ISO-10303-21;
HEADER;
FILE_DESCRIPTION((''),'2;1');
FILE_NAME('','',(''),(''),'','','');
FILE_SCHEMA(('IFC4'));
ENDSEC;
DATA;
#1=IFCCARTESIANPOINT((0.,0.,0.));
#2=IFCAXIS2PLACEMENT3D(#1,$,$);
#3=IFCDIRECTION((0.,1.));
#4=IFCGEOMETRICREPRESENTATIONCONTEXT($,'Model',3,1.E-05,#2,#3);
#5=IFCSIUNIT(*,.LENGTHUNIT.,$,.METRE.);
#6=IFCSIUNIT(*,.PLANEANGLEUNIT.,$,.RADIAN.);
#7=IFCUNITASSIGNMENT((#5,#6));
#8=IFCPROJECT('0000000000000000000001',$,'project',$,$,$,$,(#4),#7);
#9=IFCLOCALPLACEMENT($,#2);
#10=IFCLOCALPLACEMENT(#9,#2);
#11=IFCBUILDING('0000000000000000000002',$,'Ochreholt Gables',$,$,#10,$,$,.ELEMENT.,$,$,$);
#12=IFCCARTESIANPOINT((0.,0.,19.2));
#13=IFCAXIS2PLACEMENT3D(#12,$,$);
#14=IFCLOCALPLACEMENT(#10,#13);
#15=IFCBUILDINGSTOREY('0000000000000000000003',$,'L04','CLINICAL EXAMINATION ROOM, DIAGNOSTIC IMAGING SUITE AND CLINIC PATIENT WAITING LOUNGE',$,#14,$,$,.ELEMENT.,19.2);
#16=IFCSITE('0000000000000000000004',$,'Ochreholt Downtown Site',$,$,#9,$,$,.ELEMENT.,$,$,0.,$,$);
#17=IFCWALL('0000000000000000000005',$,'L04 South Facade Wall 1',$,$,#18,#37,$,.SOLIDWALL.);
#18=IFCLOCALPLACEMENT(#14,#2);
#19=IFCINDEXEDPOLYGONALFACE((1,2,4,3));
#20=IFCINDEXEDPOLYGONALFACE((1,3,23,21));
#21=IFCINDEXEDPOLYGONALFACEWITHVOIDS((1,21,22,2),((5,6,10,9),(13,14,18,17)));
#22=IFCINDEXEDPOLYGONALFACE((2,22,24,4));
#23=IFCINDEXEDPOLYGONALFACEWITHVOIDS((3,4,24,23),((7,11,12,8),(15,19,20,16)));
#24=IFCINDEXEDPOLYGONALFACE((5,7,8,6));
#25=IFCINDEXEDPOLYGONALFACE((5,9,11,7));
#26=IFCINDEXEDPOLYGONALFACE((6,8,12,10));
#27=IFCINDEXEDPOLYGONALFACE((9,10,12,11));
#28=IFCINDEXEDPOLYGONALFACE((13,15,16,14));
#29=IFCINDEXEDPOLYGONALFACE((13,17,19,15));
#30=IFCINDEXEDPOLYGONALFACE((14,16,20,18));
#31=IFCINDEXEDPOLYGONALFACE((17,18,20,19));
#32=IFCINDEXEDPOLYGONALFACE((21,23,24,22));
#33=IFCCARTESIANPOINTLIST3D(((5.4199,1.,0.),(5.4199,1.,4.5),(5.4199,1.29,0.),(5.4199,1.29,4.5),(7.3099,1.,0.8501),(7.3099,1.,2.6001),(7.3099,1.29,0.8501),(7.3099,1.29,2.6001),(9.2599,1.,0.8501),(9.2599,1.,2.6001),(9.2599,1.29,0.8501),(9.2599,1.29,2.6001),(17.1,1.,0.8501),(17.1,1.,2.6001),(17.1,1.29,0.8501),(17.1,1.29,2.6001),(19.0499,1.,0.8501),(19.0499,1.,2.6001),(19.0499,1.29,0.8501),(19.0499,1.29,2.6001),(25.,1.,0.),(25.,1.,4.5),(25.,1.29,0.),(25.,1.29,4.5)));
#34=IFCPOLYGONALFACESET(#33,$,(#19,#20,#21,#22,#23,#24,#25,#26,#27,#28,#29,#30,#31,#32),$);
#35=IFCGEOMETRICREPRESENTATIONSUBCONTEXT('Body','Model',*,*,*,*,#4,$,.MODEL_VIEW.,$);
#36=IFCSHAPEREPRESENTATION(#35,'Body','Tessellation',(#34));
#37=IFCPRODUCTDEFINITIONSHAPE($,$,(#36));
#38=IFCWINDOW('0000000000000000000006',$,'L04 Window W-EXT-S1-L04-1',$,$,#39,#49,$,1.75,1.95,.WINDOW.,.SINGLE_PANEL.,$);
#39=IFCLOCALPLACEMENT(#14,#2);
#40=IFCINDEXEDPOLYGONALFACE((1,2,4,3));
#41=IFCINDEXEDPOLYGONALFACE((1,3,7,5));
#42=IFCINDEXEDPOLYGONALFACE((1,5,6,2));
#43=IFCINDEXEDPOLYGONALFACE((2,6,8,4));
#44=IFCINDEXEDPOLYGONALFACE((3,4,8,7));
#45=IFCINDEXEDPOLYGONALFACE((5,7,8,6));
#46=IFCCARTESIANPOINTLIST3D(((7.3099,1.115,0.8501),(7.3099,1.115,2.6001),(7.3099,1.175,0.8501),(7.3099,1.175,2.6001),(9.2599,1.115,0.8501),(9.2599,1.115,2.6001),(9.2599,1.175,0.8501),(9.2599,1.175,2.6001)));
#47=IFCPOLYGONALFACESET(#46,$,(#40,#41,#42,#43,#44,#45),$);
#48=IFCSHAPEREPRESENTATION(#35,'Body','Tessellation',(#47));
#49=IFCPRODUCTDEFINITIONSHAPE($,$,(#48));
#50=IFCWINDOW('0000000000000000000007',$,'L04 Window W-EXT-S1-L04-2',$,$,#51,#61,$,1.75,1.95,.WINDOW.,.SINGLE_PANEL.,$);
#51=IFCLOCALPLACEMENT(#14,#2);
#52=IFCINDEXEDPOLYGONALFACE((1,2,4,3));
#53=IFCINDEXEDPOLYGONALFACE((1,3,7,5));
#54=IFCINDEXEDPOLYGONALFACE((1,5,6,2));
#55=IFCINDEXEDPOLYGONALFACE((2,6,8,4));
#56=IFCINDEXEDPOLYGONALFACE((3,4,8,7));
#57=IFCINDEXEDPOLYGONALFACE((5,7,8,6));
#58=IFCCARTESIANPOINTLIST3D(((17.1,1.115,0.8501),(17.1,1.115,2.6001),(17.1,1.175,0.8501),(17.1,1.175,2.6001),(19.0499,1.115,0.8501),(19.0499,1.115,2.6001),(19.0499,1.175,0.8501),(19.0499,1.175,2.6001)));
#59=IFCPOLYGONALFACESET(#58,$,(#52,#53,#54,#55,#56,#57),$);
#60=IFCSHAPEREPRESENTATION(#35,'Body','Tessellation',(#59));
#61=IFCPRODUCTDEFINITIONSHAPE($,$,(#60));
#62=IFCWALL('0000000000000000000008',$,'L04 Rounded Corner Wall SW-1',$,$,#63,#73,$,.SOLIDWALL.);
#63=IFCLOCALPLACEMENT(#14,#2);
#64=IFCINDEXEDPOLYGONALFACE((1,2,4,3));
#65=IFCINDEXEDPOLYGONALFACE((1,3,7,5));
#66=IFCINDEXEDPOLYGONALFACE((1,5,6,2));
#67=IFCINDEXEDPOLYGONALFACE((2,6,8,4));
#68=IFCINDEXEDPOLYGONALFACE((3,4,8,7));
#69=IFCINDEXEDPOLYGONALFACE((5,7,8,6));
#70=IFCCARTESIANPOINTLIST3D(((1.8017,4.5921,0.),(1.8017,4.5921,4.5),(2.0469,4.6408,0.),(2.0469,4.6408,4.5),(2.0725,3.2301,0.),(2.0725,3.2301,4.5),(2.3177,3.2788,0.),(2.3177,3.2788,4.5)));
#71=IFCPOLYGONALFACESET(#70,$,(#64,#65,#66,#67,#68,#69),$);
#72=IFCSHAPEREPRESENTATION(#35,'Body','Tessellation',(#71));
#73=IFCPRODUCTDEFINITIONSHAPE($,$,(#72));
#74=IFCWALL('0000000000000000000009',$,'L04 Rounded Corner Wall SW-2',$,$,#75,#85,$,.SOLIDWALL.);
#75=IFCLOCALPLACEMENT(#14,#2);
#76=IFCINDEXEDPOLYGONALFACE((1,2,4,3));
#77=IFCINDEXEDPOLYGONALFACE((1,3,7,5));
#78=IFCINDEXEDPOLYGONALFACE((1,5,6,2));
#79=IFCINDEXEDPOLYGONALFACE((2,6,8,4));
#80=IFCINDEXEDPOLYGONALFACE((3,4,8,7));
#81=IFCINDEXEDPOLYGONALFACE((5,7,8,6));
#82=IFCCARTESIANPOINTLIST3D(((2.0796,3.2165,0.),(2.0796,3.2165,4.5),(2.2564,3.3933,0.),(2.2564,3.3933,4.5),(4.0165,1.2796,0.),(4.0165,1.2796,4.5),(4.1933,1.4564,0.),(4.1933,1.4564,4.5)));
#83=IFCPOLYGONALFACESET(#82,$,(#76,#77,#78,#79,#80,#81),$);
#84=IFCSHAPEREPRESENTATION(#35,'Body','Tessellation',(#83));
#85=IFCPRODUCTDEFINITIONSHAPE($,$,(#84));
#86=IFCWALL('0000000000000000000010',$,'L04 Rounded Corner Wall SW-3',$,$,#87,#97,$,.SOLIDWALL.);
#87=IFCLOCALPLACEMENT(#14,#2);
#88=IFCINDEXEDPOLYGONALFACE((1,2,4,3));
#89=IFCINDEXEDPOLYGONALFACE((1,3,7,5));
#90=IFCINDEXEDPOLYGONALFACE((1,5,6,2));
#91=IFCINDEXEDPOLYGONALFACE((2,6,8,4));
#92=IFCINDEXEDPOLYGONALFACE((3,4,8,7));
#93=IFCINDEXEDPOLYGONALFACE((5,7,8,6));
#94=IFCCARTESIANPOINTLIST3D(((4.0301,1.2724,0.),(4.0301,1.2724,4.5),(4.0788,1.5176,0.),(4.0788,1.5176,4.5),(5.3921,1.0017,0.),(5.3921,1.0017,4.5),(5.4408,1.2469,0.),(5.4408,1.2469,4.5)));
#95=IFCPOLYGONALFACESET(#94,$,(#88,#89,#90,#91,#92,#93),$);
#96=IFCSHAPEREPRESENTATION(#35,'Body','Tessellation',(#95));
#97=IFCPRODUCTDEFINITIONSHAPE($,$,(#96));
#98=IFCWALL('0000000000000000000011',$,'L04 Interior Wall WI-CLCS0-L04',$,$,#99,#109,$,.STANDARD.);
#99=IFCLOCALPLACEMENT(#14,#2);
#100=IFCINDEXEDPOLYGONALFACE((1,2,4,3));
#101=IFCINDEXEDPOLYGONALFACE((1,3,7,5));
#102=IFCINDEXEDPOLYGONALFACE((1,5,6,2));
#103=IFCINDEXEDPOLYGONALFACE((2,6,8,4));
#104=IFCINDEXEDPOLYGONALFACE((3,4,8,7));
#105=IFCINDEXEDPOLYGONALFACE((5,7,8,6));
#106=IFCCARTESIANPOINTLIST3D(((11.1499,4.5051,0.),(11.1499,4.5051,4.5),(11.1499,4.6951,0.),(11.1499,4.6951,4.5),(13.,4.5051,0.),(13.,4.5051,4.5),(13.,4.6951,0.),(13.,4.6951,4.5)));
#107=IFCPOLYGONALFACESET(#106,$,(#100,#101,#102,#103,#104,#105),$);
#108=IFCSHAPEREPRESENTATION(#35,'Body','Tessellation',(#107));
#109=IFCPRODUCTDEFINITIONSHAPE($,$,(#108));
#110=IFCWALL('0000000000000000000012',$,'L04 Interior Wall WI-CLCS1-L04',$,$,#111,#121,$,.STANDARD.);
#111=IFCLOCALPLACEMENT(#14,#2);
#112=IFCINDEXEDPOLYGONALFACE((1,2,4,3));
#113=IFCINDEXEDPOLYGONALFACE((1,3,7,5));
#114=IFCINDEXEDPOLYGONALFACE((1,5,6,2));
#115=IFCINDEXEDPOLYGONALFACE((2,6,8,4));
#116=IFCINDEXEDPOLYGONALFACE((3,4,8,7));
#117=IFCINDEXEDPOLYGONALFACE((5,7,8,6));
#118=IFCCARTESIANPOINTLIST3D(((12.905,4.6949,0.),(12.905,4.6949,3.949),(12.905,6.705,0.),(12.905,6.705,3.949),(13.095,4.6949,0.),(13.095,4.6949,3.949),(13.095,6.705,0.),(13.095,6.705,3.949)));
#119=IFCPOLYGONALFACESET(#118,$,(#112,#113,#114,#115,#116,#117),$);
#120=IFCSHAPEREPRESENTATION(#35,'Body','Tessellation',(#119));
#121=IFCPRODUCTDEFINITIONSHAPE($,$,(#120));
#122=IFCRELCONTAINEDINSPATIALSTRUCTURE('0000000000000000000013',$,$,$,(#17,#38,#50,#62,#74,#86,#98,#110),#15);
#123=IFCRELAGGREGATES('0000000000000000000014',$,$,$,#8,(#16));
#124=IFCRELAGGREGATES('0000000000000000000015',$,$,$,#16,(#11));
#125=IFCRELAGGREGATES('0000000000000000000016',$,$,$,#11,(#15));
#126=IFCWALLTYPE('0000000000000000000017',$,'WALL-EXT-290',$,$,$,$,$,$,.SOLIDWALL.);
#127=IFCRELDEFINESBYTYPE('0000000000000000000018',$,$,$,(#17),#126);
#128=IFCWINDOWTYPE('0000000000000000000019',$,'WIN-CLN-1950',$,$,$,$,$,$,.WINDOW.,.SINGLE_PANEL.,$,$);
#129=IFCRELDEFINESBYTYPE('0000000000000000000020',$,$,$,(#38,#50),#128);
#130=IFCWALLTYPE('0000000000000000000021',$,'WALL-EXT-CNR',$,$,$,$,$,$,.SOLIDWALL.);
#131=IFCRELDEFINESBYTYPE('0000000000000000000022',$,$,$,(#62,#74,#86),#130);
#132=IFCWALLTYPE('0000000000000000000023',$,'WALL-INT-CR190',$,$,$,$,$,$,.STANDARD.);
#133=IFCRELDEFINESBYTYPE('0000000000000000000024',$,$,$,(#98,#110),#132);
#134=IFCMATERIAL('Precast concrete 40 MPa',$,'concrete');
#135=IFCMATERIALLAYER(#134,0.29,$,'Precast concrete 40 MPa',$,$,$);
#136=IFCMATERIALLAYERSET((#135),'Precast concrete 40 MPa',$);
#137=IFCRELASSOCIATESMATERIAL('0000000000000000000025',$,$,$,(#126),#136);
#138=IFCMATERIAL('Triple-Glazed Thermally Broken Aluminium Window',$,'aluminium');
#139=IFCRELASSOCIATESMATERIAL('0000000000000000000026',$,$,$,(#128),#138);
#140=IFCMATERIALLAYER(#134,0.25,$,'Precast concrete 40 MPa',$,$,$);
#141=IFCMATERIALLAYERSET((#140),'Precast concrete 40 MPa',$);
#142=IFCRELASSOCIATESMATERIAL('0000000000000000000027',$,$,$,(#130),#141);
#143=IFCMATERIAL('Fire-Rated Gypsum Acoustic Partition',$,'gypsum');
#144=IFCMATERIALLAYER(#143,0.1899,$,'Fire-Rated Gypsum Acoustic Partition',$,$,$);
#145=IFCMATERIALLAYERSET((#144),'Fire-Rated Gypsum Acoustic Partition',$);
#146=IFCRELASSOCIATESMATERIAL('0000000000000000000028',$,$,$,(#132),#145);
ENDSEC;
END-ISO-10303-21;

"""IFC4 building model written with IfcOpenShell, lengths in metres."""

from ifc_helpers import new_model, si_unit, direction, frame, frame_2d, origin, place, context, subcontext, project, spatial, rectangle, extrude, material, layer, layer_set, type_object, element, fill, save


model = new_model("IFC4")

# Units and contexts
model_context = context("Model", 3, precision=1e-05, world=origin(), true_north=direction((0.0, 1.0)))
body_context = subcontext(model_context, "Body", "Model", "MODEL_VIEW")
ifc_project = project(units=[si_unit("LENGTHUNIT", "METRE"), si_unit("PLANEANGLEUNIT", "RADIAN")], contexts=[model_context])

# Site, building, storey
site_placement = place(None, origin())
site = spatial("IfcSite", under=ifc_project, at=site_placement, Name="Ochreholt Downtown Site", CompositionType="ELEMENT", RefElevation=0.0)
building_placement = place(site_placement, origin())
building = spatial("IfcBuilding", under=site, at=building_placement, Name="Ochreholt Gables", CompositionType="ELEMENT")
storey_placement = place(building_placement, frame((0.0, 0.0, 19.2)))
storey = spatial("IfcBuildingStorey", under=building, at=storey_placement, Name="L04", Description="CLINICAL EXAMINATION ROOM, DIAGNOSTIC IMAGING SUITE AND CLINIC PATIENT WAITING LOUNGE", CompositionType="ELEMENT", Elevation=19.2)

# Shared definitions
ifc_material_1 = material(Name="Triple-Glazed Thermally Broken Aluminium Window", Category="aluminium")

# Wall, openings, windows
ifc_material_2 = material(Name="Precast concrete 40 MPa", Category="concrete")
ifc_layer_1 = layer(ifc_material_2, 0.29, Name="Precast concrete 40 MPa")
ifc_layer_set_1 = layer_set([ifc_layer_1], Name="Precast concrete 40 MPa")
wall_type_1 = type_object("IfcWallType", Name="WALL-EXT-290", PredefinedType="SOLIDWALL", material=ifc_layer_set_1)
wall_1_placement = place(storey_placement, frame((5.4199, 1.145, 0.0), z_axis=(0.0, 0.0, 1.0), x_axis=(1.0, 0.0, 0.0)))
wall_1 = element("IfcWall", 1, at=wall_1_placement, inside=storey, type_object=wall_type_1, Name="L04 South Facade Wall 1", PredefinedType="SOLIDWALL", context=body_context, shape_type="SweptSolid", body=[
    extrude(rectangle(XDim=19.5801, YDim=0.29, at=frame_2d((9.79, 0.0))), origin(), (0.0, 0.0, 1.0), 4.5),
])
opening_1_placement = place(wall_1_placement, frame((1.8899, 0.0, 0.8501)))
opening_1 = element("IfcOpeningElement", 2, at=opening_1_placement, cuts=wall_1, PredefinedType="OPENING", context=body_context, shape_type="SweptSolid", body=[
    extrude(rectangle(XDim=1.95, YDim=1.75, at=frame_2d((0.9751, 0.875))), frame((0.0, 0.155, 0.0), z_axis=(0.0, -1.0, 0.0), x_axis=(1.0, 0.0, 0.0)), (0.0, 0.0, 1.0), 0.3101),
])
opening_2_placement = place(wall_1_placement, frame((11.6799, 0.0, 0.8501)))
opening_2 = element("IfcOpeningElement", 3, at=opening_2_placement, cuts=wall_1, PredefinedType="OPENING", context=body_context, shape_type="SweptSolid", body=[
    extrude(rectangle(XDim=1.95, YDim=1.75, at=frame_2d((0.9751, 0.875))), frame((0.0, 0.155, 0.0), z_axis=(0.0, -1.0, 0.0), x_axis=(1.0, 0.0, 0.0)), (0.0, 0.0, 1.0), 0.3101),
])
window_type_1 = type_object("IfcWindowType", Name="WIN-CLN-1950", PartitioningType="SINGLE_PANEL", PredefinedType="WINDOW", material=ifc_material_1)
window_1_placement = place(opening_1_placement, origin())
window_1 = element("IfcWindow", 4, at=window_1_placement, inside=storey, type_object=window_type_1, Name="L04 Window W-EXT-S1-L04-1", OverallHeight=1.75, OverallWidth=1.95, PartitioningType="SINGLE_PANEL", PredefinedType="WINDOW", context=body_context, shape_type="SweptSolid", body=[
    extrude(rectangle(XDim=1.95, YDim=1.75, at=frame_2d((0.9751, 0.875))), frame((0.0, 0.03, 0.0), z_axis=(0.0, -1.0, 0.0), x_axis=(1.0, 0.0, 0.0)), (0.0, 0.0, 1.0), 0.0601),
])
fill(opening_1, window_1)
window_2_placement = place(opening_2_placement, origin())
window_2 = element("IfcWindow", 5, at=window_2_placement, inside=storey, type_object=window_type_1, Name="L04 Window W-EXT-S1-L04-2", OverallHeight=1.75, OverallWidth=1.95, PartitioningType="SINGLE_PANEL", PredefinedType="WINDOW", context=body_context, shape_type="SweptSolid", body=[
    extrude(rectangle(XDim=1.95, YDim=1.75, at=frame_2d((0.9751, 0.875))), frame((0.0, 0.03, 0.0), z_axis=(0.0, -1.0, 0.0), x_axis=(1.0, 0.0, 0.0)), (0.0, 0.0, 1.0), 0.0601),
])
fill(opening_2, window_2)

# Walls
ifc_layer_2 = layer(ifc_material_2, 0.25, Name="Precast concrete 40 MPa")
ifc_layer_set_2 = layer_set([ifc_layer_2], Name="Precast concrete 40 MPa")
wall_type_2 = type_object("IfcWallType", Name="WALL-EXT-CNR", PredefinedType="SOLIDWALL", material=ifc_layer_set_2)
wall_2_placement = place(storey_placement, frame((1.9243, 4.6165, 0.0), z_axis=(0.0, 0.0, 1.0), x_axis=(0.194967, -0.98081, 0.0)))
element("IfcWall", 6, at=wall_2_placement, inside=storey, type_object=wall_type_2, Name="L04 Rounded Corner Wall SW-1", PredefinedType="SOLIDWALL", context=body_context, shape_type="SweptSolid", body=[
    extrude(rectangle(XDim=1.3887, YDim=0.25, at=frame_2d((0.6943, 0.0))), origin(), (0.0, 0.0, 1.0), 4.5),
])
wall_3_placement = place(storey_placement, frame((2.168, 3.3049, 0.0), z_axis=(0.0, 0.0, 1.0), x_axis=(0.707107, -0.707107, 0.0)))
element("IfcWall", 7, at=wall_3_placement, inside=storey, type_object=wall_type_2, Name="L04 Rounded Corner Wall SW-2", PredefinedType="SOLIDWALL", context=body_context, shape_type="SweptSolid", body=[
    extrude(rectangle(XDim=2.7393, YDim=0.25, at=frame_2d((1.3696, 0.0))), origin(), (0.0, 0.0, 1.0), 4.5),
])
wall_4_placement = place(storey_placement, frame((4.0544, 1.395, 0.0), z_axis=(0.0, 0.0, 1.0), x_axis=(0.98081, -0.194967, 0.0)))
element("IfcWall", 8, at=wall_4_placement, inside=storey, type_object=wall_type_2, Name="L04 Rounded Corner Wall SW-3", PredefinedType="SOLIDWALL", context=body_context, shape_type="SweptSolid", body=[
    extrude(rectangle(XDim=1.3887, YDim=0.25, at=frame_2d((0.6943, 0.0))), origin(), (0.0, 0.0, 1.0), 4.5),
])
ifc_material_3 = material(Name="Fire-Rated Gypsum Acoustic Partition", Category="gypsum")
ifc_layer_3 = layer(ifc_material_3, 0.1899, Name="Fire-Rated Gypsum Acoustic Partition")
ifc_layer_set_3 = layer_set([ifc_layer_3], Name="Fire-Rated Gypsum Acoustic Partition")
wall_type_3 = type_object("IfcWallType", Name="WALL-INT-CR190", PredefinedType="STANDARD", material=ifc_layer_set_3)
wall_5_placement = place(storey_placement, frame((11.1499, 4.6001, 0.0), z_axis=(0.0, 0.0, 1.0), x_axis=(1.0, 0.0, 0.0)))
element("IfcWall", 9, at=wall_5_placement, inside=storey, type_object=wall_type_3, Name="L04 Interior Wall WI-CLCS0-L04", PredefinedType="STANDARD", context=body_context, shape_type="SweptSolid", body=[
    extrude(rectangle(XDim=1.8501, YDim=0.1899, at=frame_2d((0.925, 0.0))), origin(), (0.0, 0.0, 1.0), 4.5),
])
wall_6_placement = place(storey_placement, frame((13.0, 4.6951, 0.0), z_axis=(0.0, 0.0, 1.0), x_axis=(0.0, 1.0, 0.0)))
element("IfcWall", 10, at=wall_6_placement, inside=storey, type_object=wall_type_3, Name="L04 Interior Wall WI-CLCS1-L04", PredefinedType="STANDARD", context=body_context, shape_type="SweptSolid", body=[
    extrude(rectangle(XDim=2.01, YDim=0.1899, at=frame_2d((1.0049, 0.0))), origin(), (0.0, 0.0, 1.0), 3.949),
])

save(model, "model.ifc")
